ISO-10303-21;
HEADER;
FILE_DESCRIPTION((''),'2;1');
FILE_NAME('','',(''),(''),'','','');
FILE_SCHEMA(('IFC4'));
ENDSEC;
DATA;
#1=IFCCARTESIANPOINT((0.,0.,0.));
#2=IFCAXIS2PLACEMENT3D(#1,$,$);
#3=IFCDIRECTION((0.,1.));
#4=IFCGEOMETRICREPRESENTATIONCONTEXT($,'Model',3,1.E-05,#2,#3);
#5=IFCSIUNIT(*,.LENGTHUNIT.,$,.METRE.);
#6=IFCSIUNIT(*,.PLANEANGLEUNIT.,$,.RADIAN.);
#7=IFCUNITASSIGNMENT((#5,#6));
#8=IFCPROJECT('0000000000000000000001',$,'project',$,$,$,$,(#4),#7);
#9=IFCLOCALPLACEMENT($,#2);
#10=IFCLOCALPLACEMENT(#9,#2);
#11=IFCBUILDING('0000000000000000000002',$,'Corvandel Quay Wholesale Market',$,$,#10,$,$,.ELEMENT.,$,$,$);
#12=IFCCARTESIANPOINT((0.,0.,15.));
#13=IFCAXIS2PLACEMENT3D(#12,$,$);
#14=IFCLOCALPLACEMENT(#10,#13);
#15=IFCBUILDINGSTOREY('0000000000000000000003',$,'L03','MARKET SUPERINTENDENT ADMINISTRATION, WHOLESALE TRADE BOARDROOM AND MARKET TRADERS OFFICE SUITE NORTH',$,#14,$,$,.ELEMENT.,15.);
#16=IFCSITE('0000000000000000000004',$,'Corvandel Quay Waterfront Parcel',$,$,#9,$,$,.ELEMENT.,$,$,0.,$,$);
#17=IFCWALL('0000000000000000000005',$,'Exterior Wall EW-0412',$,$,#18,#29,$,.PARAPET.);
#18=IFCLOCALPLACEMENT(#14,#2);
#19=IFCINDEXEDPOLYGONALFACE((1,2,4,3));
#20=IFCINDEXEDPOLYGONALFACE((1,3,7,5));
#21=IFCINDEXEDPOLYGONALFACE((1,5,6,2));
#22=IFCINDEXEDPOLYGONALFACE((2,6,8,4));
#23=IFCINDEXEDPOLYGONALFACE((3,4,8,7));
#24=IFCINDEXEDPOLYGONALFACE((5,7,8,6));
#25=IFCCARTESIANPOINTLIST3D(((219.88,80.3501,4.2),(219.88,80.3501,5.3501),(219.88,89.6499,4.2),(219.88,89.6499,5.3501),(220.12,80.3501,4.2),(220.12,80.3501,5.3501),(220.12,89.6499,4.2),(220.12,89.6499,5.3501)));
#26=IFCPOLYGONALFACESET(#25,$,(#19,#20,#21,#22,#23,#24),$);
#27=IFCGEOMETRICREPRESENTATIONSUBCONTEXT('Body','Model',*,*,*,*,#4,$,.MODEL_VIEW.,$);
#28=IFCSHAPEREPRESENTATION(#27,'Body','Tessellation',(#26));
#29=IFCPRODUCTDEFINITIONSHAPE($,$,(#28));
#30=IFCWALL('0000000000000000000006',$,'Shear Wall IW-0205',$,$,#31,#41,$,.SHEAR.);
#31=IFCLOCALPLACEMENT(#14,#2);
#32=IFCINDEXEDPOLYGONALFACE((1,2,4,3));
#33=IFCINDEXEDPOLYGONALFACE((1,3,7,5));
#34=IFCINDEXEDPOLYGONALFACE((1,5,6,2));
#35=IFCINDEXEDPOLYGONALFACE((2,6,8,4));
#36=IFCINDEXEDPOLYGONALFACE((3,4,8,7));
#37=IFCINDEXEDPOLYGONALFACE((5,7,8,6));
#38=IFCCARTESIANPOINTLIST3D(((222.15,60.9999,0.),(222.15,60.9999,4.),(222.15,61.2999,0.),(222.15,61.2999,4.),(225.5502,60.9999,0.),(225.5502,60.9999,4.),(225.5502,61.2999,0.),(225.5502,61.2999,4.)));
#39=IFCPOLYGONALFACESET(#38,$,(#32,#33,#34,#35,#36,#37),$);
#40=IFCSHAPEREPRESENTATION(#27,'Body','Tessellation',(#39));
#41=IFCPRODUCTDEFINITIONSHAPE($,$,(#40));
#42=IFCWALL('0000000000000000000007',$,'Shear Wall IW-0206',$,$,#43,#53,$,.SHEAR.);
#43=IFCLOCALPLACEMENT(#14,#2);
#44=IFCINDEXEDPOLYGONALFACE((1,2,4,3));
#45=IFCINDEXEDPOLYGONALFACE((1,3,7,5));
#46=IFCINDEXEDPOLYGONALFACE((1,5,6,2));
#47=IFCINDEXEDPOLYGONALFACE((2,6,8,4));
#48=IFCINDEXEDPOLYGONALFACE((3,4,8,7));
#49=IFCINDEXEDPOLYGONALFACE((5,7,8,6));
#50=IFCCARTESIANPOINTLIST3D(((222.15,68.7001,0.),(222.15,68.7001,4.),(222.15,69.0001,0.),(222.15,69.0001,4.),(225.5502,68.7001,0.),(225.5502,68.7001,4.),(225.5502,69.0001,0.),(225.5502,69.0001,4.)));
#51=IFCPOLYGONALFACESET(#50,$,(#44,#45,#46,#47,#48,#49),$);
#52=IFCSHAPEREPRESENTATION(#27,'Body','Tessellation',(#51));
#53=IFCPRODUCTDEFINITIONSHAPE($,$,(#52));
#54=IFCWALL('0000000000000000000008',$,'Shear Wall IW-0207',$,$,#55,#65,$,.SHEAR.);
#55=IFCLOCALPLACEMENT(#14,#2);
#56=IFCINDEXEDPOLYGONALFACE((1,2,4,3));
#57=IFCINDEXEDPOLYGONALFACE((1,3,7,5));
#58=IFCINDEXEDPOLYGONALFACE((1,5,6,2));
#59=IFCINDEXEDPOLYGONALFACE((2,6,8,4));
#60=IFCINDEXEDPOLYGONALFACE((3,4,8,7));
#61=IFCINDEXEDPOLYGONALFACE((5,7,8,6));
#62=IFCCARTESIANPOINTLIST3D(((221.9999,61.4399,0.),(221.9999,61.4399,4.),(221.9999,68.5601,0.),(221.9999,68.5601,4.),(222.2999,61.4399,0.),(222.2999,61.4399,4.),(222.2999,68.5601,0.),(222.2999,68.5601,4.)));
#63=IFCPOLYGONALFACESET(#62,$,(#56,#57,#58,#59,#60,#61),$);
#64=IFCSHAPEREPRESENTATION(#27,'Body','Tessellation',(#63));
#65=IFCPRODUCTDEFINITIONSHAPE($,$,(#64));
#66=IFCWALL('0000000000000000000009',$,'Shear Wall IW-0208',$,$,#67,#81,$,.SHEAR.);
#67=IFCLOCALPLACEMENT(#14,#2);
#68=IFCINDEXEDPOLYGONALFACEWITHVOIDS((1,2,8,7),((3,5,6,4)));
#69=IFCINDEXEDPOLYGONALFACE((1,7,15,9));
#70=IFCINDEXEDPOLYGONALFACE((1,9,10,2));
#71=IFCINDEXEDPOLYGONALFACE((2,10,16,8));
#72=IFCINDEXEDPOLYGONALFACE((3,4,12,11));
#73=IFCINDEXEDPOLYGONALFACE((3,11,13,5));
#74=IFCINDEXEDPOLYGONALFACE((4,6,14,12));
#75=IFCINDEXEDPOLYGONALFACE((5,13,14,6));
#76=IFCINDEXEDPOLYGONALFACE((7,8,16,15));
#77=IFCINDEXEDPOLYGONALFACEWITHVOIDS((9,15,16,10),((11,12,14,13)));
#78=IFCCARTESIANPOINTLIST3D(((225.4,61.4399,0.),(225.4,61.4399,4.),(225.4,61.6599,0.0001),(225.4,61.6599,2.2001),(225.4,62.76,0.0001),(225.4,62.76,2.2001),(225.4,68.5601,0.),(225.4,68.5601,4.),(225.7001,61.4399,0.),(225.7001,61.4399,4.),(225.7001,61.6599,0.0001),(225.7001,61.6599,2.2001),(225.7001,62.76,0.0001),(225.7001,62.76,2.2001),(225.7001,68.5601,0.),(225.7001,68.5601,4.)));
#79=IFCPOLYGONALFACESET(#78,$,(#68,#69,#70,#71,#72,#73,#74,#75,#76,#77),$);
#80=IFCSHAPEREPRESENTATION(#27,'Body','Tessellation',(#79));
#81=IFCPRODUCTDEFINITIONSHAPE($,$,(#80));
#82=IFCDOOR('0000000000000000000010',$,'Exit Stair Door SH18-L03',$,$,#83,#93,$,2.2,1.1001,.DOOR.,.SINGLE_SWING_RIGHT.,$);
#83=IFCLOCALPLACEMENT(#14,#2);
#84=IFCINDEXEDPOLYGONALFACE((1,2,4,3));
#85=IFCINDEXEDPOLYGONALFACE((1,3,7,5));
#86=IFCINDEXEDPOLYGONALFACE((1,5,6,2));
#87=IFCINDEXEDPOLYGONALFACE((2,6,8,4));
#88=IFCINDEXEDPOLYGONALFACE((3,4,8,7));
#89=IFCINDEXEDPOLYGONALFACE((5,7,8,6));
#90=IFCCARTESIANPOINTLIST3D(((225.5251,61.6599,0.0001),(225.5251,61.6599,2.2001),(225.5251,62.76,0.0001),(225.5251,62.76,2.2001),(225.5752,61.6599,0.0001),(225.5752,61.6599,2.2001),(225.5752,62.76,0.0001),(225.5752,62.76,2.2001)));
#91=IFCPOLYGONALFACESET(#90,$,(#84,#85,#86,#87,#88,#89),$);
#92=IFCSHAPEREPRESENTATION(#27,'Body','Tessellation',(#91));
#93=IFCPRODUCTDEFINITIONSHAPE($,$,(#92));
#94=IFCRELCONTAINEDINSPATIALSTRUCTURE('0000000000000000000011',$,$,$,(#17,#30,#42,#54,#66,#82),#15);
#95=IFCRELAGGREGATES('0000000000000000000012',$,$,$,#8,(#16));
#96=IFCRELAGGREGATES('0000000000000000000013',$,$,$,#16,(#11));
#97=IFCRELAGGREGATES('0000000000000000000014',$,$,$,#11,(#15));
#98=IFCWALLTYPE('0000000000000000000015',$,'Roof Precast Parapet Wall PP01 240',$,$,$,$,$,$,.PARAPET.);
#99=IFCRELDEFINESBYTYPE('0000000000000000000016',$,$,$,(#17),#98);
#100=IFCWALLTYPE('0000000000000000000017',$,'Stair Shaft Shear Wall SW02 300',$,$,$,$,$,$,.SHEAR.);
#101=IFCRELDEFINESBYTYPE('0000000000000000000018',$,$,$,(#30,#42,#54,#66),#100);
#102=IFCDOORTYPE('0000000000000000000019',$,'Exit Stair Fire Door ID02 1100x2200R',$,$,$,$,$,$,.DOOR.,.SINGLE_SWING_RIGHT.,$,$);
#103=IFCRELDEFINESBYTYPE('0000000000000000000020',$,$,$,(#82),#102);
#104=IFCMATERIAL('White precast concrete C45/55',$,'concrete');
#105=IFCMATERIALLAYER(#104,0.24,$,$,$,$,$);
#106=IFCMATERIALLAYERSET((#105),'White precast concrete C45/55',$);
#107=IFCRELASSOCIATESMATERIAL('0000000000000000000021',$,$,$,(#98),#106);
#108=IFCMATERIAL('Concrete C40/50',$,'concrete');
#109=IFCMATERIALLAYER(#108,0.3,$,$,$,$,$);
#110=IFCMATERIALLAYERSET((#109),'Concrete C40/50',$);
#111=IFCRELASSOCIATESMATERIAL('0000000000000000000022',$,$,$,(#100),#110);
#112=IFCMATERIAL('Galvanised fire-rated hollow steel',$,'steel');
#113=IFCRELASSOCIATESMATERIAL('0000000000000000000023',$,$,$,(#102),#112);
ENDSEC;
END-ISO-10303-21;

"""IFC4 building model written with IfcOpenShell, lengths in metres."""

from ifc_helpers import new_model, si_unit, direction, frame, frame_2d, origin, place, context, subcontext, project, spatial, rectangle, extrude, material, layer, layer_set, type_object, element, fill, save


model = new_model("IFC4")

# Units and contexts
model_context = context("Model", 3, precision=1e-05, world=origin(), true_north=direction((0.0, 1.0)))
body_context = subcontext(model_context, "Body", "Model", "MODEL_VIEW")
ifc_project = project(units=[si_unit("LENGTHUNIT", "METRE"), si_unit("PLANEANGLEUNIT", "RADIAN")], contexts=[model_context])

# Site, building, storey
site_placement = place(None, origin())
site = spatial("IfcSite", under=ifc_project, at=site_placement, Name="Corvandel Quay Waterfront Parcel", CompositionType="ELEMENT", RefElevation=0.0)
building_placement = place(site_placement, origin())
building = spatial("IfcBuilding", under=site, at=building_placement, Name="Corvandel Quay Wholesale Market", CompositionType="ELEMENT")
storey_placement = place(building_placement, frame((0.0, 0.0, 15.0)))
storey = spatial("IfcBuildingStorey", under=building, at=storey_placement, Name="L03", Description="MARKET SUPERINTENDENT ADMINISTRATION, WHOLESALE TRADE BOARDROOM AND MARKET TRADERS OFFICE SUITE NORTH", CompositionType="ELEMENT", Elevation=15.0)

# Walls
ifc_material_1 = material(Name="White precast concrete C45/55", Category="concrete")
ifc_layer_1 = layer(ifc_material_1, 0.24)
ifc_layer_set_1 = layer_set([ifc_layer_1], Name="White precast concrete C45/55")
wall_type_1 = type_object("IfcWallType", Name="Roof Precast Parapet Wall PP01 240", PredefinedType="PARAPET", material=ifc_layer_set_1)
for number, where, z_axis, x_axis, name in (
    (1, (220.0, 80.3501, 4.2), (0.0, 0.0, 1.0), (0.0, 1.0, 0.0), "Exterior Wall EW-0412"),
):
    element("IfcWall", number, at=place(storey_placement, frame(where, z_axis=z_axis, x_axis=x_axis)), inside=storey, type_object=wall_type_1, Name=name, PredefinedType="PARAPET", context=body_context, shape_type="SweptSolid", body=[
        extrude(rectangle(XDim=9.2998, YDim=0.24, at=frame_2d((4.6499, 0.0))), origin(), (0.0, 0.0, 1.0), 1.1501),
    ])
ifc_material_2 = material(Name="Concrete C40/50", Category="concrete")
ifc_layer_2 = layer(ifc_material_2, 0.3)
ifc_layer_set_2 = layer_set([ifc_layer_2], Name="Concrete C40/50")
wall_type_2 = type_object("IfcWallType", Name="Stair Shaft Shear Wall SW02 300", PredefinedType="SHEAR", material=ifc_layer_set_2)
for number, where, z_axis, x_axis, name in (
    (2, (222.1499, 61.1499, 0.0), (0.0, 0.0, 1.0), (1.0, 0.0, 0.0), "Shear Wall IW-0205"),
    (3, (222.1499, 68.8501, 0.0), (0.0, 0.0, 1.0), (1.0, 0.0, 0.0), "Shear Wall IW-0206"),
):
    element("IfcWall", number, at=place(storey_placement, frame(where, z_axis=z_axis, x_axis=x_axis)), inside=storey, type_object=wall_type_2, Name=name, PredefinedType="SHEAR", context=body_context, shape_type="SweptSolid", body=[
        extrude(rectangle(XDim=3.4001, YDim=0.3, at=frame_2d((1.7002, 0.0))), origin(), (0.0, 0.0, 1.0), 4.0),
    ])
wall_1_placement = place(storey_placement, frame((222.1499, 61.4399, 0.0), z_axis=(0.0, 0.0, 1.0), x_axis=(0.0, 1.0, 0.0)))
element("IfcWall", 4, at=wall_1_placement, inside=storey, type_object=wall_type_2, Name="Shear Wall IW-0207", PredefinedType="SHEAR", context=body_context, shape_type="SweptSolid", body=[
    extrude(rectangle(XDim=7.1201, YDim=0.3, at=frame_2d((3.5601, 0.0))), origin(), (0.0, 0.0, 1.0), 4.0),
])

# Wall, opening, door
wall_2_placement = place(storey_placement, frame((225.55, 61.4399, 0.0), z_axis=(0.0, 0.0, 1.0), x_axis=(0.0, 1.0, 0.0)))
wall_2 = element("IfcWall", 5, at=wall_2_placement, inside=storey, type_object=wall_type_2, Name="Shear Wall IW-0208", PredefinedType="SHEAR", context=body_context, shape_type="SweptSolid", body=[
    extrude(rectangle(XDim=7.1201, YDim=0.3, at=frame_2d((3.5601, 0.0))), origin(), (0.0, 0.0, 1.0), 4.0),
])
opening_1_placement = place(wall_2_placement, frame((0.22, 0.0, 0.0)))
opening_1 = element("IfcOpeningElement", 6, at=opening_1_placement, cuts=wall_2, PredefinedType="OPENING", context=body_context, shape_type="SweptSolid", body=[
    extrude(rectangle(XDim=1.1001, YDim=2.2, at=frame_2d((0.55, 1.1001))), frame((0.0, 0.1599, 0.0), z_axis=(0.0, -1.0, 0.0), x_axis=(1.0, 0.0, 0.0)), (0.0, 0.0, 1.0), 0.3201),
])
ifc_material_3 = material(Name="Galvanised fire-rated hollow steel", Category="steel")
door_type_1 = type_object("IfcDoorType", Name="Exit Stair Fire Door ID02 1100x2200R", OperationType="SINGLE_SWING_RIGHT", PredefinedType="DOOR", material=ifc_material_3)
door_1_placement = place(opening_1_placement, origin())
door_1 = element("IfcDoor", 7, at=door_1_placement, inside=storey, type_object=door_type_1, Name="Exit Stair Door SH18-L03", OperationType="SINGLE_SWING_RIGHT", OverallHeight=2.2, OverallWidth=1.1001, PredefinedType="DOOR", context=body_context, shape_type="SweptSolid", body=[
    extrude(rectangle(XDim=1.1001, YDim=2.2, at=frame_2d((0.55, 1.1001))), frame((0.0, 0.0249, 0.0), z_axis=(0.0, -1.0, 0.0), x_axis=(1.0, 0.0, 0.0)), (0.0, 0.0, 1.0), 0.05),
])
fill(opening_1, door_1)

save(model, "model.ifc")
